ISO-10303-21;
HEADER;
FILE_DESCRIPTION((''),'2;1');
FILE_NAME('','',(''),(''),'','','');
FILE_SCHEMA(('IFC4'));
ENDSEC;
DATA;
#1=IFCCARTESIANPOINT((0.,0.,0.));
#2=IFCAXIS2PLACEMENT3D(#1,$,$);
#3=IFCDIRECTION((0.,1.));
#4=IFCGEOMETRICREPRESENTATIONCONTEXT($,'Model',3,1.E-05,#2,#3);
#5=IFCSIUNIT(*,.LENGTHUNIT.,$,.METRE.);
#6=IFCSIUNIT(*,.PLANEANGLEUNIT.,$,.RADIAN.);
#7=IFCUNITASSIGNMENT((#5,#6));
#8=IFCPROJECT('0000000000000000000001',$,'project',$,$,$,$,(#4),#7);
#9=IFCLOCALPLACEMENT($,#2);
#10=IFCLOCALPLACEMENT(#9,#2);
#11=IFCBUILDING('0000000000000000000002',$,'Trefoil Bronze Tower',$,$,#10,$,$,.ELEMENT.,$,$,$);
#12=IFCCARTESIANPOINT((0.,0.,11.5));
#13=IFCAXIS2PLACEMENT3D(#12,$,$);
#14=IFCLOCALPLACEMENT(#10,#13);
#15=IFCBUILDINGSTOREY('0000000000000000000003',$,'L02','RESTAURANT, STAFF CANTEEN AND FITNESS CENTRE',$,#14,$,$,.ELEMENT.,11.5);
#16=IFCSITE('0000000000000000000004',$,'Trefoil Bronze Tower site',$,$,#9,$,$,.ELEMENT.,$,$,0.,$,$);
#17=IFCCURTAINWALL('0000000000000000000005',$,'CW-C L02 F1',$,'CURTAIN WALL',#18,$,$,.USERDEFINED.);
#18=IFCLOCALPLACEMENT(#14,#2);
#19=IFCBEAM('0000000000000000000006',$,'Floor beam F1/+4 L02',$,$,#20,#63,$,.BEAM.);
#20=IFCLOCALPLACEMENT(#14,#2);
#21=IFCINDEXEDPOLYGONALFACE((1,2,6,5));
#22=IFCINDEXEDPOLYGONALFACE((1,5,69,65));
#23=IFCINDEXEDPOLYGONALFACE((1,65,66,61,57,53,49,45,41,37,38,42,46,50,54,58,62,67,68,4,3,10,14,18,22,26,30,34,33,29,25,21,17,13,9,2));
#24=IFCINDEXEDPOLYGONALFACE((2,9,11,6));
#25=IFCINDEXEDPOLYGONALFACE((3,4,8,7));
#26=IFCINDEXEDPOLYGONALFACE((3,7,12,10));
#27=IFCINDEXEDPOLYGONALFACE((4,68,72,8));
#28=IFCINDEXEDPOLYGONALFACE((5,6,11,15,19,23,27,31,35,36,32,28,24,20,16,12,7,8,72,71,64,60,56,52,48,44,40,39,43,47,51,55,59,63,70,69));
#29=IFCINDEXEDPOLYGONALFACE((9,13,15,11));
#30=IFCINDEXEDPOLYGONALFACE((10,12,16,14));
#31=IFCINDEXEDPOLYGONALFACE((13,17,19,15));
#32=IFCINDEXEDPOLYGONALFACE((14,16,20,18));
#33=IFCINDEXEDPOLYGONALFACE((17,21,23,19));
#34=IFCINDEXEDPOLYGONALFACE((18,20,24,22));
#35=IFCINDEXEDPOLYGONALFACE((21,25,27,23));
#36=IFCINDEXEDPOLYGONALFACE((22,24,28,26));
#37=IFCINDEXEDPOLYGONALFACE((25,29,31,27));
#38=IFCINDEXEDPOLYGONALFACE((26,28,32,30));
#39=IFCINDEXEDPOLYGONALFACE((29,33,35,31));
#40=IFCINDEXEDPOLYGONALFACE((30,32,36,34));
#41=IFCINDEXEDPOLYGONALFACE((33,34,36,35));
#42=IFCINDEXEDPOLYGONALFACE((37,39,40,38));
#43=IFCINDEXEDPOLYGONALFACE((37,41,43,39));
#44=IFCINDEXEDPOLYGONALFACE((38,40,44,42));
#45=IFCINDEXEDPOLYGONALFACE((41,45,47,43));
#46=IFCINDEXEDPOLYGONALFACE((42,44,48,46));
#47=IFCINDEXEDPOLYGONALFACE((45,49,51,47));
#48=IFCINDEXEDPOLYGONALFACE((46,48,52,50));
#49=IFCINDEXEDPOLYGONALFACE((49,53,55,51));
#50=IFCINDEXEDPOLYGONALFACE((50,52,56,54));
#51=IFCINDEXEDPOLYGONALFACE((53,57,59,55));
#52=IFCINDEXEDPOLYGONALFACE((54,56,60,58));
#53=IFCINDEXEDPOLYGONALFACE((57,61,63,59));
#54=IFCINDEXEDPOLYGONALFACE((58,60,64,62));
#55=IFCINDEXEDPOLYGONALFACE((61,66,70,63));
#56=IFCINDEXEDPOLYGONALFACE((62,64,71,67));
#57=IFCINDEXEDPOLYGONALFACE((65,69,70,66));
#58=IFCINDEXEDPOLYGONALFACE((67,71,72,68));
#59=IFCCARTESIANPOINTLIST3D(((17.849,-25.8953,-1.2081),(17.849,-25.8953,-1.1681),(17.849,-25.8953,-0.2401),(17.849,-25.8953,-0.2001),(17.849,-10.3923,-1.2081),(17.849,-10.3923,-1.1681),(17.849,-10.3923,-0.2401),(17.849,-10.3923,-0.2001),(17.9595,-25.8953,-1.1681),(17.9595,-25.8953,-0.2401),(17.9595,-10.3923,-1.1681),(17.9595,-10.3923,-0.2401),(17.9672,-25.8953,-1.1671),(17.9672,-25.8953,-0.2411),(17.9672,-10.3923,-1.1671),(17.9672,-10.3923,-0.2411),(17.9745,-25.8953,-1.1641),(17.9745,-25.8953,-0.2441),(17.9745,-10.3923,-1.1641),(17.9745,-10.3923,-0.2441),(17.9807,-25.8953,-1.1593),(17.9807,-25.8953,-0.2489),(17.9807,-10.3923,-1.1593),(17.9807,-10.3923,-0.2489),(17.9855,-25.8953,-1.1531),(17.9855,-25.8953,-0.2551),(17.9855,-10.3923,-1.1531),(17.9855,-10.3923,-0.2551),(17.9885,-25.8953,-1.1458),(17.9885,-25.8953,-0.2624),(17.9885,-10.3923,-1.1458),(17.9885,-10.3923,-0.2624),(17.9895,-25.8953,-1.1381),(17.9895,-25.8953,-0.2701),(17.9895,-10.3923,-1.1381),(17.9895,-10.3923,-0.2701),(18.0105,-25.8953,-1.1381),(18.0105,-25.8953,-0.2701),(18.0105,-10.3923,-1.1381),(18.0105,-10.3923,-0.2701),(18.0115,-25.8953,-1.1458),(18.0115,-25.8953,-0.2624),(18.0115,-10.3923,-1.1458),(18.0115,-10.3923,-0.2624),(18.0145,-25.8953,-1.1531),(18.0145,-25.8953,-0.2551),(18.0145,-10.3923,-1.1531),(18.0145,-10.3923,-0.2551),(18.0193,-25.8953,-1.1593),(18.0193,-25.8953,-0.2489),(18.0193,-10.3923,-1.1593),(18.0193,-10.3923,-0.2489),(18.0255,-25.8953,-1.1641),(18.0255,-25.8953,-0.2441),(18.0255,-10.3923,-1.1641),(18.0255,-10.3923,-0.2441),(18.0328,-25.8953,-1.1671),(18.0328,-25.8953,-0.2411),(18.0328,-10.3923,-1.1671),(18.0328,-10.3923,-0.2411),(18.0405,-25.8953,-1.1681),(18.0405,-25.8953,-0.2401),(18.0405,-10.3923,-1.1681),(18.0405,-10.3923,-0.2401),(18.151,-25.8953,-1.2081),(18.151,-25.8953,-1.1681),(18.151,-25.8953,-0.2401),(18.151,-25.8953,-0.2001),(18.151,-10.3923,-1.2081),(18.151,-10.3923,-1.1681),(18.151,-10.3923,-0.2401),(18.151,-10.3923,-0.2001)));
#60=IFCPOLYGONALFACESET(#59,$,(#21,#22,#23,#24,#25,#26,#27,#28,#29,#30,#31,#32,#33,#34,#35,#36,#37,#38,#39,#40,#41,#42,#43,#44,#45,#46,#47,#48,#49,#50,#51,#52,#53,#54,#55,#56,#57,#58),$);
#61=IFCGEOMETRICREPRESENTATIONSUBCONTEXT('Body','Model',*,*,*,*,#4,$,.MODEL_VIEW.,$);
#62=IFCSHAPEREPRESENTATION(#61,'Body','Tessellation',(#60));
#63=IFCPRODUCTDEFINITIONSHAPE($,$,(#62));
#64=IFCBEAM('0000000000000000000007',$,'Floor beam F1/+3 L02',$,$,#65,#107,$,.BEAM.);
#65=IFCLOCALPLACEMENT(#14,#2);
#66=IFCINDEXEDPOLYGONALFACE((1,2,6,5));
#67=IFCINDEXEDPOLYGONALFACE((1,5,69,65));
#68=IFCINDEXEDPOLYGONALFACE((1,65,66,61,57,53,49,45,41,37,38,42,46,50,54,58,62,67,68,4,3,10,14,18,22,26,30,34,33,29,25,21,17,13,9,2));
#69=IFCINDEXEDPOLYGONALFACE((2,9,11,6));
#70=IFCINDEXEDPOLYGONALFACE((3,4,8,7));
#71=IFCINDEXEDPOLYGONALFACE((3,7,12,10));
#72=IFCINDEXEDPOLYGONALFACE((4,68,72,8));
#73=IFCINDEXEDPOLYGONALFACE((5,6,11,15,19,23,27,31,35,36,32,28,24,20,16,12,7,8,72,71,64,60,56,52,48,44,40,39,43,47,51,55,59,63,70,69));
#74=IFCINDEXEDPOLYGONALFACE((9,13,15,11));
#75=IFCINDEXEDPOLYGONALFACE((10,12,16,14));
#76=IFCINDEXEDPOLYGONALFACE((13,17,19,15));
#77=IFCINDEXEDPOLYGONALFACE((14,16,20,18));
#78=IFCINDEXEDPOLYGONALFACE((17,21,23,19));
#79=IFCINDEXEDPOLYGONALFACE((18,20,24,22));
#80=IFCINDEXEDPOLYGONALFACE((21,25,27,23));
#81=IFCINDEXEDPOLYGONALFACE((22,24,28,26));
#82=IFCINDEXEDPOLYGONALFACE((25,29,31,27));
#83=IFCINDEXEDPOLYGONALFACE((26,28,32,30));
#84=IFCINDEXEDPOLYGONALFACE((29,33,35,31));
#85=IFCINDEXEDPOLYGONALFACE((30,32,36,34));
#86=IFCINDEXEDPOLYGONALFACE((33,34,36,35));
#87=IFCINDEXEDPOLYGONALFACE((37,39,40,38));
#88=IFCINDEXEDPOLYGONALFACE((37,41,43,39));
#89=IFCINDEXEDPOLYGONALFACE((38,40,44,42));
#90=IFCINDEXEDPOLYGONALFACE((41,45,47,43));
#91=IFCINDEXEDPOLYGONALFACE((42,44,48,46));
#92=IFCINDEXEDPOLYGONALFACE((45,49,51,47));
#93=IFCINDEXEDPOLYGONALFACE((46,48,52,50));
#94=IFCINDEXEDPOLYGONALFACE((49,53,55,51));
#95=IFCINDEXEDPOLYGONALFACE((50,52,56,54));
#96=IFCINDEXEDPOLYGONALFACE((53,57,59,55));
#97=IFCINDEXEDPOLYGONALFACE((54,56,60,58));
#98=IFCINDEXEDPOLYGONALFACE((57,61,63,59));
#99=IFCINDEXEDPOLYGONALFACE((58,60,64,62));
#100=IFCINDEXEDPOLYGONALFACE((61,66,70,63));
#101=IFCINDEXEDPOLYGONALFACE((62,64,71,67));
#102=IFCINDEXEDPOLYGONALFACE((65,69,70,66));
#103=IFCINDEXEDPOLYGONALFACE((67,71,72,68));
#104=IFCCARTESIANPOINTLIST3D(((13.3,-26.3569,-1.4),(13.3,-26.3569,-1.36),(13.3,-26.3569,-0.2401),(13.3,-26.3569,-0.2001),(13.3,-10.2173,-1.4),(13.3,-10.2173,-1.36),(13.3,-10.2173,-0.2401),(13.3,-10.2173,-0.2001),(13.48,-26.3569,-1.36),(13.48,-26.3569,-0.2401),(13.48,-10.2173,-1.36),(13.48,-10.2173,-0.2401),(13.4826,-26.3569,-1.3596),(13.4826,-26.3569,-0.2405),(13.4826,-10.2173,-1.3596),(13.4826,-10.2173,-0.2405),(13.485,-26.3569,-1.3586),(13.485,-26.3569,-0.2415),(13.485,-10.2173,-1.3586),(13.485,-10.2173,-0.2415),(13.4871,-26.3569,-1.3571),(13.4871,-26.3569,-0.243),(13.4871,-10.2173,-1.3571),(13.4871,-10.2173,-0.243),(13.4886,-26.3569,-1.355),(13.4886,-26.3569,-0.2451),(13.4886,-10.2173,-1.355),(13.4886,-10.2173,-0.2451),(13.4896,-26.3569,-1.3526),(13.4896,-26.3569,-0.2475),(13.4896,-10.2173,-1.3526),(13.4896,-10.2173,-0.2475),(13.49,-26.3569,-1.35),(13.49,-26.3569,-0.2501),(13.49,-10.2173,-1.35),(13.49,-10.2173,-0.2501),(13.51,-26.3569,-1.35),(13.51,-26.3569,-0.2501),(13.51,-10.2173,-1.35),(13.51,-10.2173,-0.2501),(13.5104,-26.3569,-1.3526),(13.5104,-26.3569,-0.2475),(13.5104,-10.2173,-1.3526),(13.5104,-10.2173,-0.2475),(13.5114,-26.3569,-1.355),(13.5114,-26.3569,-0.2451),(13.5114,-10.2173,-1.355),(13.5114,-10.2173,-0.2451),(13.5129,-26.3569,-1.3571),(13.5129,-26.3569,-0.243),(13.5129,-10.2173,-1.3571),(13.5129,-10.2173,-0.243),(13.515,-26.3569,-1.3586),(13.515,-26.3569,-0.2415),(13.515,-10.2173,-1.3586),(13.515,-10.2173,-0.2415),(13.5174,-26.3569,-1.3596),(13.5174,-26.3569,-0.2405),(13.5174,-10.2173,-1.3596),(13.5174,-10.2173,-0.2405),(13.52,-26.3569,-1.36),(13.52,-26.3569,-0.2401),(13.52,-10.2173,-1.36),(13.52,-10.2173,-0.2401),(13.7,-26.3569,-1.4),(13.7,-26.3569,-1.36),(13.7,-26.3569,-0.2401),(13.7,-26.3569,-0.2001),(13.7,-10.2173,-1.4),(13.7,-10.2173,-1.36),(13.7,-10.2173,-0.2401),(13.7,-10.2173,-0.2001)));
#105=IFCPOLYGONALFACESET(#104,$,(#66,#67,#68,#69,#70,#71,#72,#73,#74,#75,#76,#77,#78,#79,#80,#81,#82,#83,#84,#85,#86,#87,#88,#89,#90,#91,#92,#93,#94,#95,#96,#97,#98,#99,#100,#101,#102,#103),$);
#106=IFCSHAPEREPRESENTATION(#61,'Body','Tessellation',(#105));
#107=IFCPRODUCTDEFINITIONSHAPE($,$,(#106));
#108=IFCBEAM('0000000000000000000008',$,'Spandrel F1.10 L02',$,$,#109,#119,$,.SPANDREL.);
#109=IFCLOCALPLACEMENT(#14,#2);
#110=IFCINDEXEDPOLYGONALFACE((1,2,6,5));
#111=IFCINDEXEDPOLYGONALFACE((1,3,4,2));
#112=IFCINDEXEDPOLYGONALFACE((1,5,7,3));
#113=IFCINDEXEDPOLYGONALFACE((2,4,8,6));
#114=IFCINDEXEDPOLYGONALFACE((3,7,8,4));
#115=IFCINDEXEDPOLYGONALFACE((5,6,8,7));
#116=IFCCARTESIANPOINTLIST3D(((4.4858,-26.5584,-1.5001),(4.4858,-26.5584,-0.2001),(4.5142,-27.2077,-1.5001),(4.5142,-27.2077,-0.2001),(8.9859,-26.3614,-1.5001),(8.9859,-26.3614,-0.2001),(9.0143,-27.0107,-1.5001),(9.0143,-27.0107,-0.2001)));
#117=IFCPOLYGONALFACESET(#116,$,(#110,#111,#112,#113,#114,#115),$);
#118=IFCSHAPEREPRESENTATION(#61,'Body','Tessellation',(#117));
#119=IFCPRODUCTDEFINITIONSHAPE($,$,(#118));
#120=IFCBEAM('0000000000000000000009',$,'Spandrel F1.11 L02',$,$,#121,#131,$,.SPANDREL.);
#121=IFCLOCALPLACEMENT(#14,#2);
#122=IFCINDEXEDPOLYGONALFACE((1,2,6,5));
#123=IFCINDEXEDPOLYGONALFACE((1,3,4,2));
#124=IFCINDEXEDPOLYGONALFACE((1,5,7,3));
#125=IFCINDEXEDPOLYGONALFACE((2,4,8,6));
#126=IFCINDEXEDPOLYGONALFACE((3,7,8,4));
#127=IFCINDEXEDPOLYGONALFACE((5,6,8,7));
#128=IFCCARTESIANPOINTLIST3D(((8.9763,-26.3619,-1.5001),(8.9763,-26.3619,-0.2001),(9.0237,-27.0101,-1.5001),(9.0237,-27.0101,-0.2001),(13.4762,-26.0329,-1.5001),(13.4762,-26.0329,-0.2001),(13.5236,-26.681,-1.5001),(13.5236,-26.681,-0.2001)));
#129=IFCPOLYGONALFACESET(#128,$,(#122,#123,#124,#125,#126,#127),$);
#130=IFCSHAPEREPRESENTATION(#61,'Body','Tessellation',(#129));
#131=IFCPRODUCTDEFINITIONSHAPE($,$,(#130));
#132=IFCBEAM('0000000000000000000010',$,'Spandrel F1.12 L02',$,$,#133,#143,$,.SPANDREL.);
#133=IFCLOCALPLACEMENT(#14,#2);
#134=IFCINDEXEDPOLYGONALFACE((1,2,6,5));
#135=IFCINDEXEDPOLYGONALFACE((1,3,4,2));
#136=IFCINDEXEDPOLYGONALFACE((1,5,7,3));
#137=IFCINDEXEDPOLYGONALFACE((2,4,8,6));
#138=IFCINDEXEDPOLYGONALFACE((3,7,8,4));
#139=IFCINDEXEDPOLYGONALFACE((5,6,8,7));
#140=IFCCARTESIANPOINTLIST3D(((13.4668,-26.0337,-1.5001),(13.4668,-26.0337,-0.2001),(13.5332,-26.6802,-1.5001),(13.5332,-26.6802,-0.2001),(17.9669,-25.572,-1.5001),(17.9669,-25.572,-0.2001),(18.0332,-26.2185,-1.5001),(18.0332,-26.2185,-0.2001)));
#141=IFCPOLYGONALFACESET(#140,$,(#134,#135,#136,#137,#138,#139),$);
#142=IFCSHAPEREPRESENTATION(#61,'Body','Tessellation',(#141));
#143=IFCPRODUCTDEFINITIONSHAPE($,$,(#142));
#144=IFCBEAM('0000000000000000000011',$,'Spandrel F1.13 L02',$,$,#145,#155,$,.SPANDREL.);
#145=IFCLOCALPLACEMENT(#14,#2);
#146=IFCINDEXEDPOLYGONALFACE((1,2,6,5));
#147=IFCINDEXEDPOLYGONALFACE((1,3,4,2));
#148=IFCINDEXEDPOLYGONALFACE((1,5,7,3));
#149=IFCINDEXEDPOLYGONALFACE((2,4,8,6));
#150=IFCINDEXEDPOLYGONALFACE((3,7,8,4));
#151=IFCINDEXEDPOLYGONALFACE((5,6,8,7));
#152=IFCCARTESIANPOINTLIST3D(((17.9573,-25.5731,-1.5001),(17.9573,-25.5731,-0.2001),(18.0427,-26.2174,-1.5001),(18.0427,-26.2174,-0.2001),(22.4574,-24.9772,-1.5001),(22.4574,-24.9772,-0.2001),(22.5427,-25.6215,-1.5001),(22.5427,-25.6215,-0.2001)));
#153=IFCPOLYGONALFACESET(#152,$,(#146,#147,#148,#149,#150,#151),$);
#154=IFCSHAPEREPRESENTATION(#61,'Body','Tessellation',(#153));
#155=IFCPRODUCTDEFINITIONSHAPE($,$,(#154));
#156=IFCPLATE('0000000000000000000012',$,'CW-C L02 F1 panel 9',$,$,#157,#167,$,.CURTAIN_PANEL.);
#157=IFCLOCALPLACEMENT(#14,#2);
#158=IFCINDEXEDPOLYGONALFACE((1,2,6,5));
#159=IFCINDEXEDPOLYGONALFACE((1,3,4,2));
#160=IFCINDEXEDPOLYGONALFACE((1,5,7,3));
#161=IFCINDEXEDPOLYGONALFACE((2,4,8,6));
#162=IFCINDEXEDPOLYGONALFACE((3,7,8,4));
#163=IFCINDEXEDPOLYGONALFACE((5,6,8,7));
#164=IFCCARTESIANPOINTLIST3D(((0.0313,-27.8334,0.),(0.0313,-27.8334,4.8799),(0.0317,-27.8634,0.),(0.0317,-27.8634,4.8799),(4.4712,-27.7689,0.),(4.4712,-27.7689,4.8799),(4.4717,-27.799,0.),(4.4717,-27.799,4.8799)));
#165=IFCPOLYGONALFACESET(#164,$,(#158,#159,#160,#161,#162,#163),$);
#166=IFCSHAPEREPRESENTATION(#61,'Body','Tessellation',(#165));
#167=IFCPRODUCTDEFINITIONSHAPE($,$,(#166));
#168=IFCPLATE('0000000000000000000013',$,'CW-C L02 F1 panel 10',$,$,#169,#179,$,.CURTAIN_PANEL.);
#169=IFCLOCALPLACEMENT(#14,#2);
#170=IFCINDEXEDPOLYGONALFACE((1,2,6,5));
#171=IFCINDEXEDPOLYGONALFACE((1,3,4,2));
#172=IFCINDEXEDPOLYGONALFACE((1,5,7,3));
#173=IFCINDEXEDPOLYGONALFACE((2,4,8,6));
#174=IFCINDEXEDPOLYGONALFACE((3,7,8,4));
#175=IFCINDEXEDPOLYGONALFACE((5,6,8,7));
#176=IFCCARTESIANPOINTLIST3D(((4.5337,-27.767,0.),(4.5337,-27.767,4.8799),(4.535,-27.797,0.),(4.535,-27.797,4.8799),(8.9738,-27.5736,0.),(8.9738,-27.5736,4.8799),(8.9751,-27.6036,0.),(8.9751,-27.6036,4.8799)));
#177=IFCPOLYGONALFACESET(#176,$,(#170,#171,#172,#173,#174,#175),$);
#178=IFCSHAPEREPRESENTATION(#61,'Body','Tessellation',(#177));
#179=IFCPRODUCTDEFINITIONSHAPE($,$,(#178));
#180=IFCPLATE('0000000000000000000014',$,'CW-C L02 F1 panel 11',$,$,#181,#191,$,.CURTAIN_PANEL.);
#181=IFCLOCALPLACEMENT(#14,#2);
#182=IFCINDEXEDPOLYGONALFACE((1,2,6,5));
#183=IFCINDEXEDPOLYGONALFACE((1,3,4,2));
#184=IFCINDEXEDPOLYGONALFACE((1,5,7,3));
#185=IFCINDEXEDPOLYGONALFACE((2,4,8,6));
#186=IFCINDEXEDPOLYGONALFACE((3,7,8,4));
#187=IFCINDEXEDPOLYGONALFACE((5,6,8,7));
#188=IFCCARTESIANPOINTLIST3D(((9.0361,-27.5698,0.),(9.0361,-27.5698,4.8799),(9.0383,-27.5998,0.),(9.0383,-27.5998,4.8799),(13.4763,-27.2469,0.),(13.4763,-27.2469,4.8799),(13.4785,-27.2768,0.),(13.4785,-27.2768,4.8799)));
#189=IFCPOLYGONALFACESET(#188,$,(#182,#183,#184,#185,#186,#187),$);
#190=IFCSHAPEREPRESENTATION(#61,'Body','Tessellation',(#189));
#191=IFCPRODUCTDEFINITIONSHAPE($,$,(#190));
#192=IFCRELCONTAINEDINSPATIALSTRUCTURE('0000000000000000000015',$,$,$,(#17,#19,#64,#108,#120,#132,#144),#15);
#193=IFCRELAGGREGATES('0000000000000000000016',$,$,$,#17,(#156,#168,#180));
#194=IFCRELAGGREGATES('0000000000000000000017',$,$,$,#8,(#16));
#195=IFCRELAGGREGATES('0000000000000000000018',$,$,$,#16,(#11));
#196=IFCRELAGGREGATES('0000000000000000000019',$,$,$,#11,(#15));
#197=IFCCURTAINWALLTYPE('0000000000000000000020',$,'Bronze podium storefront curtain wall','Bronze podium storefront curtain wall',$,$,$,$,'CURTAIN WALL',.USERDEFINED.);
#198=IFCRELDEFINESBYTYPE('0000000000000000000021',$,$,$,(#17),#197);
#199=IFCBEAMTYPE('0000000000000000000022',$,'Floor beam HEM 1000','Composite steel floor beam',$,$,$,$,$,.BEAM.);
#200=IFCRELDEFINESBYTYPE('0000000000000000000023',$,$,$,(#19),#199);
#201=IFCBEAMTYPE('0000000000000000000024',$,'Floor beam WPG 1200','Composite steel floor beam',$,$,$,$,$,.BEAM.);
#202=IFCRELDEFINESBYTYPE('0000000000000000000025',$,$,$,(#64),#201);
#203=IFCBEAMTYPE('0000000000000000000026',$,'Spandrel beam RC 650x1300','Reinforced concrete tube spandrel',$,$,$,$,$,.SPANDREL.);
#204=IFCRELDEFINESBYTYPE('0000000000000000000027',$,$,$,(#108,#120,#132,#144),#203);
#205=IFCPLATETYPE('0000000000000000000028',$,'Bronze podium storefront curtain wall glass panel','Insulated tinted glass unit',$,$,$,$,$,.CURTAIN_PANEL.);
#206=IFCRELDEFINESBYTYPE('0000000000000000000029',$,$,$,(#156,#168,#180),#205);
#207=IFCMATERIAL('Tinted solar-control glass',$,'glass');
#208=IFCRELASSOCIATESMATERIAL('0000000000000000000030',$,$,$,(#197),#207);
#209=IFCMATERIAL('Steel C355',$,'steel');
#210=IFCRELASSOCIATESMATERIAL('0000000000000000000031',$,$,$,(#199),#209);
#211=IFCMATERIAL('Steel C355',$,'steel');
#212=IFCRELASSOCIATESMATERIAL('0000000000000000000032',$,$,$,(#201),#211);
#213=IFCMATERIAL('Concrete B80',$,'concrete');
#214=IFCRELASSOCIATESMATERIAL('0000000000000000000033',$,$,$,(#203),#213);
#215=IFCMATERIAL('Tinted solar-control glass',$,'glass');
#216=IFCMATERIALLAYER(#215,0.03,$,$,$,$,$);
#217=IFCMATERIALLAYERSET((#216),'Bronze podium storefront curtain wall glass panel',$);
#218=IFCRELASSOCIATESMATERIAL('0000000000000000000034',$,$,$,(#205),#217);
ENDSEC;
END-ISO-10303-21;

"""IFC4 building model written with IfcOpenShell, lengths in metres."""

from ifc_helpers import new_model, si_unit, direction, frame, origin, origin_2d, place, context, subcontext, project, spatial, rectangle, i_section, extrude, material, layer, layer_set, material_profile, profile_set, type_object, element, aggregate, save


model = new_model("IFC4")

# Units and contexts
model_context = context("Model", 3, precision=1e-05, world=origin(), true_north=direction((0.0, 1.0)))
body_context = subcontext(model_context, "Body", "Model", "MODEL_VIEW")
ifc_project = project(units=[si_unit("LENGTHUNIT", "METRE"), si_unit("PLANEANGLEUNIT", "RADIAN")], contexts=[model_context])

# Site, building, storey
site_placement = place(None, origin())
site = spatial("IfcSite", under=ifc_project, at=site_placement, Name="Trefoil Bronze Tower site", CompositionType="ELEMENT", RefElevation=0.0)
building_placement = place(site_placement, origin())
building = spatial("IfcBuilding", under=site, at=building_placement, Name="Trefoil Bronze Tower", CompositionType="ELEMENT")
storey_placement = place(building_placement, frame((0.0, 0.0, 11.5)))
storey = spatial("IfcBuildingStorey", under=building, at=storey_placement, Name="L02", Description="RESTAURANT, STAFF CANTEEN AND FITNESS CENTRE", CompositionType="ELEMENT", Elevation=11.5)

# Curtain wall
ifc_material_1 = material(Name="Tinted solar-control glass", Category="glass")
curtain_wall_type = type_object("IfcCurtainWallType", Name="Bronze podium storefront curtain wall", Description="Bronze podium storefront curtain wall", ElementType="CURTAIN WALL", PredefinedType="USERDEFINED", material=ifc_material_1)
curtain_wall_placement = place(storey_placement, origin())
curtain_wall = element("IfcCurtainWall", 1, at=curtain_wall_placement, inside=storey, type_object=curtain_wall_type, Name="CW-C L02 F1", ObjectType="CURTAIN WALL", PredefinedType="USERDEFINED")

# Beams
ifc_material_2 = material(Name="Steel C355", Category="steel")
ifc_material_profile_1 = material_profile(ifc_material_2, i_section(OverallWidth=0.302, OverallDepth=1.0081, WebThickness=0.021, FlangeThickness=0.04, FilletRadius=0.03, at=origin_2d()), Name="HEM 1000")
ifc_profile_set_1 = profile_set([ifc_material_profile_1], Name="Steel C355")
beam_type_1 = type_object("IfcBeamType", Name="Floor beam HEM 1000", Description="Composite steel floor beam", PredefinedType="BEAM", material=ifc_profile_set_1)
beam_1_placement = place(storey_placement, frame((18.0, -25.8953, -0.7041), z_axis=(0.0, 1.0, 0.0), x_axis=(-1.0, 0.0, 0.0)))
element("IfcBeam", 2, at=beam_1_placement, inside=storey, type_object=beam_type_1, Name="Floor beam F1/+4 L02", PredefinedType="BEAM", context=body_context, shape_type="SweptSolid", body=[
    extrude(i_section(OverallWidth=0.302, OverallDepth=1.0081, WebThickness=0.021, FlangeThickness=0.04, FilletRadius=0.03, at=origin_2d()), origin(), (0.0, 0.0, 1.0), 15.5029),
])
ifc_material_3 = material(Name="Steel C355", Category="steel")
ifc_material_profile_2 = material_profile(ifc_material_3, i_section(OverallWidth=0.3999, OverallDepth=1.2, WebThickness=0.02, FlangeThickness=0.04, FilletRadius=0.01, at=origin_2d()), Name="WPG 1200")
ifc_profile_set_2 = profile_set([ifc_material_profile_2], Name="Steel C355")
beam_type_2 = type_object("IfcBeamType", Name="Floor beam WPG 1200", Description="Composite steel floor beam", PredefinedType="BEAM", material=ifc_profile_set_2)
beam_2_placement = place(storey_placement, frame((13.5, -26.3569, -0.8), z_axis=(0.0, 1.0, 0.0), x_axis=(-1.0, 0.0, 0.0)))
element("IfcBeam", 3, at=beam_2_placement, inside=storey, type_object=beam_type_2, Name="Floor beam F1/+3 L02", PredefinedType="BEAM", context=body_context, shape_type="SweptSolid", body=[
    extrude(i_section(OverallWidth=0.3999, OverallDepth=1.2, WebThickness=0.02, FlangeThickness=0.04, FilletRadius=0.01, at=origin_2d()), origin(), (0.0, 0.0, 1.0), 16.1396),
])
ifc_material_4 = material(Name="Concrete B80", Category="concrete")
ifc_material_profile_3 = material_profile(ifc_material_4, rectangle(XDim=0.6499, YDim=1.3, at=origin_2d()), Name="RC 650x1300")
ifc_profile_set_3 = profile_set([ifc_material_profile_3], Name="Concrete B80")
beam_type_3 = type_object("IfcBeamType", Name="Spandrel beam RC 650x1300", Description="Reinforced concrete tube spandrel", PredefinedType="SPANDREL", material=ifc_profile_set_3)
beam_3_placement = place(storey_placement, frame((4.5, -26.8831, -0.8501), z_axis=(0.999043, 0.043741, 0.0), x_axis=(-0.043741, 0.999043, 0.0)))
element("IfcBeam", 4, at=beam_3_placement, inside=storey, type_object=beam_type_3, Name="Spandrel F1.10 L02", PredefinedType="SPANDREL", context=body_context, shape_type="SweptSolid", body=[
    extrude(rectangle(XDim=0.6499, YDim=1.3, at=origin_2d()), origin(), (0.0, 0.0, 1.0), 4.5044),
])
beam_4_placement = place(storey_placement, frame((9.0, -26.686, -0.8501), z_axis=(0.997336, 0.072939, 0.0), x_axis=(-0.072939, 0.997336, 0.0)))
element("IfcBeam", 5, at=beam_4_placement, inside=storey, type_object=beam_type_3, Name="Spandrel F1.11 L02", PredefinedType="SPANDREL", context=body_context, shape_type="SweptSolid", body=[
    extrude(rectangle(XDim=0.6499, YDim=1.3, at=origin_2d()), origin(), (0.0, 0.0, 1.0), 4.512),
])
beam_5_placement = place(storey_placement, frame((13.5, -26.3569, -0.8501), z_axis=(0.994778, 0.102058, 0.0), x_axis=(-0.102058, 0.994778, 0.0)))
element("IfcBeam", 6, at=beam_5_placement, inside=storey, type_object=beam_type_3, Name="Spandrel F1.12 L02", PredefinedType="SPANDREL", context=body_context, shape_type="SweptSolid", body=[
    extrude(rectangle(XDim=0.6499, YDim=1.3, at=origin_2d()), origin(), (0.0, 0.0, 1.0), 4.5237),
])
beam_6_placement = place(storey_placement, frame((18.0, -25.8953, -0.8501), z_axis=(0.991344, 0.131286, 0.0), x_axis=(-0.131286, 0.991344, 0.0)))
element("IfcBeam", 7, at=beam_6_placement, inside=storey, type_object=beam_type_3, Name="Spandrel F1.13 L02", PredefinedType="SPANDREL", context=body_context, shape_type="SweptSolid", body=[
    extrude(rectangle(XDim=0.6499, YDim=1.3, at=origin_2d()), origin(), (0.0, 0.0, 1.0), 4.5393),
])

# Plates
ifc_material_5 = material(Name="Tinted solar-control glass", Category="glass")
ifc_layer_1 = layer(ifc_material_5, 0.03)
ifc_layer_set_1 = layer_set([ifc_layer_1], Name="Bronze podium storefront curtain wall glass panel")
plate_type = type_object("IfcPlateType", Name="Bronze podium storefront curtain wall glass panel", Description="Insulated tinted glass unit", PredefinedType="CURTAIN_PANEL", material=ifc_layer_set_1)
plate_1_placement = place(storey_placement, frame((2.2515, -27.8162, 0.0), z_axis=(0.0, 0.0, 1.0), x_axis=(0.999895, 0.014509, 0.0)))
plate_1 = element("IfcPlate", 8, at=plate_1_placement, type_object=plate_type, Name="CW-C L02 F1 panel 9", PredefinedType="CURTAIN_PANEL", context=body_context, shape_type="SweptSolid", body=[
    extrude(rectangle(XDim=4.4404, YDim=0.03, at=origin_2d()), origin(), (0.0, 0.0, 1.0), 4.8799),
])
plate_2_placement = place(storey_placement, frame((6.7544, -27.6853, 0.0), z_axis=(0.0, 0.0, 1.0), x_axis=(0.999052, 0.043528, 0.0)))
plate_2 = element("IfcPlate", 9, at=plate_2_placement, type_object=plate_type, Name="CW-C L02 F1 panel 10", PredefinedType="CURTAIN_PANEL", context=body_context, shape_type="SweptSolid", body=[
    extrude(rectangle(XDim=4.4443, YDim=0.03, at=origin_2d()), origin(), (0.0, 0.0, 1.0), 4.8799),
])
plate_3_placement = place(storey_placement, frame((11.2573, -27.4233, 0.0), z_axis=(0.0, 0.0, 1.0), x_axis=(0.997365, 0.072547, 0.0)))
plate_3 = element("IfcPlate", 10, at=plate_3_placement, type_object=plate_type, Name="CW-C L02 F1 panel 11", PredefinedType="CURTAIN_PANEL", context=body_context, shape_type="SweptSolid", body=[
    extrude(rectangle(XDim=4.4519, YDim=0.03, at=origin_2d()), origin(), (0.0, 0.0, 1.0), 4.8799),
])
aggregate(curtain_wall, [plate_1, plate_2, plate_3])

save(model, "model.ifc")
